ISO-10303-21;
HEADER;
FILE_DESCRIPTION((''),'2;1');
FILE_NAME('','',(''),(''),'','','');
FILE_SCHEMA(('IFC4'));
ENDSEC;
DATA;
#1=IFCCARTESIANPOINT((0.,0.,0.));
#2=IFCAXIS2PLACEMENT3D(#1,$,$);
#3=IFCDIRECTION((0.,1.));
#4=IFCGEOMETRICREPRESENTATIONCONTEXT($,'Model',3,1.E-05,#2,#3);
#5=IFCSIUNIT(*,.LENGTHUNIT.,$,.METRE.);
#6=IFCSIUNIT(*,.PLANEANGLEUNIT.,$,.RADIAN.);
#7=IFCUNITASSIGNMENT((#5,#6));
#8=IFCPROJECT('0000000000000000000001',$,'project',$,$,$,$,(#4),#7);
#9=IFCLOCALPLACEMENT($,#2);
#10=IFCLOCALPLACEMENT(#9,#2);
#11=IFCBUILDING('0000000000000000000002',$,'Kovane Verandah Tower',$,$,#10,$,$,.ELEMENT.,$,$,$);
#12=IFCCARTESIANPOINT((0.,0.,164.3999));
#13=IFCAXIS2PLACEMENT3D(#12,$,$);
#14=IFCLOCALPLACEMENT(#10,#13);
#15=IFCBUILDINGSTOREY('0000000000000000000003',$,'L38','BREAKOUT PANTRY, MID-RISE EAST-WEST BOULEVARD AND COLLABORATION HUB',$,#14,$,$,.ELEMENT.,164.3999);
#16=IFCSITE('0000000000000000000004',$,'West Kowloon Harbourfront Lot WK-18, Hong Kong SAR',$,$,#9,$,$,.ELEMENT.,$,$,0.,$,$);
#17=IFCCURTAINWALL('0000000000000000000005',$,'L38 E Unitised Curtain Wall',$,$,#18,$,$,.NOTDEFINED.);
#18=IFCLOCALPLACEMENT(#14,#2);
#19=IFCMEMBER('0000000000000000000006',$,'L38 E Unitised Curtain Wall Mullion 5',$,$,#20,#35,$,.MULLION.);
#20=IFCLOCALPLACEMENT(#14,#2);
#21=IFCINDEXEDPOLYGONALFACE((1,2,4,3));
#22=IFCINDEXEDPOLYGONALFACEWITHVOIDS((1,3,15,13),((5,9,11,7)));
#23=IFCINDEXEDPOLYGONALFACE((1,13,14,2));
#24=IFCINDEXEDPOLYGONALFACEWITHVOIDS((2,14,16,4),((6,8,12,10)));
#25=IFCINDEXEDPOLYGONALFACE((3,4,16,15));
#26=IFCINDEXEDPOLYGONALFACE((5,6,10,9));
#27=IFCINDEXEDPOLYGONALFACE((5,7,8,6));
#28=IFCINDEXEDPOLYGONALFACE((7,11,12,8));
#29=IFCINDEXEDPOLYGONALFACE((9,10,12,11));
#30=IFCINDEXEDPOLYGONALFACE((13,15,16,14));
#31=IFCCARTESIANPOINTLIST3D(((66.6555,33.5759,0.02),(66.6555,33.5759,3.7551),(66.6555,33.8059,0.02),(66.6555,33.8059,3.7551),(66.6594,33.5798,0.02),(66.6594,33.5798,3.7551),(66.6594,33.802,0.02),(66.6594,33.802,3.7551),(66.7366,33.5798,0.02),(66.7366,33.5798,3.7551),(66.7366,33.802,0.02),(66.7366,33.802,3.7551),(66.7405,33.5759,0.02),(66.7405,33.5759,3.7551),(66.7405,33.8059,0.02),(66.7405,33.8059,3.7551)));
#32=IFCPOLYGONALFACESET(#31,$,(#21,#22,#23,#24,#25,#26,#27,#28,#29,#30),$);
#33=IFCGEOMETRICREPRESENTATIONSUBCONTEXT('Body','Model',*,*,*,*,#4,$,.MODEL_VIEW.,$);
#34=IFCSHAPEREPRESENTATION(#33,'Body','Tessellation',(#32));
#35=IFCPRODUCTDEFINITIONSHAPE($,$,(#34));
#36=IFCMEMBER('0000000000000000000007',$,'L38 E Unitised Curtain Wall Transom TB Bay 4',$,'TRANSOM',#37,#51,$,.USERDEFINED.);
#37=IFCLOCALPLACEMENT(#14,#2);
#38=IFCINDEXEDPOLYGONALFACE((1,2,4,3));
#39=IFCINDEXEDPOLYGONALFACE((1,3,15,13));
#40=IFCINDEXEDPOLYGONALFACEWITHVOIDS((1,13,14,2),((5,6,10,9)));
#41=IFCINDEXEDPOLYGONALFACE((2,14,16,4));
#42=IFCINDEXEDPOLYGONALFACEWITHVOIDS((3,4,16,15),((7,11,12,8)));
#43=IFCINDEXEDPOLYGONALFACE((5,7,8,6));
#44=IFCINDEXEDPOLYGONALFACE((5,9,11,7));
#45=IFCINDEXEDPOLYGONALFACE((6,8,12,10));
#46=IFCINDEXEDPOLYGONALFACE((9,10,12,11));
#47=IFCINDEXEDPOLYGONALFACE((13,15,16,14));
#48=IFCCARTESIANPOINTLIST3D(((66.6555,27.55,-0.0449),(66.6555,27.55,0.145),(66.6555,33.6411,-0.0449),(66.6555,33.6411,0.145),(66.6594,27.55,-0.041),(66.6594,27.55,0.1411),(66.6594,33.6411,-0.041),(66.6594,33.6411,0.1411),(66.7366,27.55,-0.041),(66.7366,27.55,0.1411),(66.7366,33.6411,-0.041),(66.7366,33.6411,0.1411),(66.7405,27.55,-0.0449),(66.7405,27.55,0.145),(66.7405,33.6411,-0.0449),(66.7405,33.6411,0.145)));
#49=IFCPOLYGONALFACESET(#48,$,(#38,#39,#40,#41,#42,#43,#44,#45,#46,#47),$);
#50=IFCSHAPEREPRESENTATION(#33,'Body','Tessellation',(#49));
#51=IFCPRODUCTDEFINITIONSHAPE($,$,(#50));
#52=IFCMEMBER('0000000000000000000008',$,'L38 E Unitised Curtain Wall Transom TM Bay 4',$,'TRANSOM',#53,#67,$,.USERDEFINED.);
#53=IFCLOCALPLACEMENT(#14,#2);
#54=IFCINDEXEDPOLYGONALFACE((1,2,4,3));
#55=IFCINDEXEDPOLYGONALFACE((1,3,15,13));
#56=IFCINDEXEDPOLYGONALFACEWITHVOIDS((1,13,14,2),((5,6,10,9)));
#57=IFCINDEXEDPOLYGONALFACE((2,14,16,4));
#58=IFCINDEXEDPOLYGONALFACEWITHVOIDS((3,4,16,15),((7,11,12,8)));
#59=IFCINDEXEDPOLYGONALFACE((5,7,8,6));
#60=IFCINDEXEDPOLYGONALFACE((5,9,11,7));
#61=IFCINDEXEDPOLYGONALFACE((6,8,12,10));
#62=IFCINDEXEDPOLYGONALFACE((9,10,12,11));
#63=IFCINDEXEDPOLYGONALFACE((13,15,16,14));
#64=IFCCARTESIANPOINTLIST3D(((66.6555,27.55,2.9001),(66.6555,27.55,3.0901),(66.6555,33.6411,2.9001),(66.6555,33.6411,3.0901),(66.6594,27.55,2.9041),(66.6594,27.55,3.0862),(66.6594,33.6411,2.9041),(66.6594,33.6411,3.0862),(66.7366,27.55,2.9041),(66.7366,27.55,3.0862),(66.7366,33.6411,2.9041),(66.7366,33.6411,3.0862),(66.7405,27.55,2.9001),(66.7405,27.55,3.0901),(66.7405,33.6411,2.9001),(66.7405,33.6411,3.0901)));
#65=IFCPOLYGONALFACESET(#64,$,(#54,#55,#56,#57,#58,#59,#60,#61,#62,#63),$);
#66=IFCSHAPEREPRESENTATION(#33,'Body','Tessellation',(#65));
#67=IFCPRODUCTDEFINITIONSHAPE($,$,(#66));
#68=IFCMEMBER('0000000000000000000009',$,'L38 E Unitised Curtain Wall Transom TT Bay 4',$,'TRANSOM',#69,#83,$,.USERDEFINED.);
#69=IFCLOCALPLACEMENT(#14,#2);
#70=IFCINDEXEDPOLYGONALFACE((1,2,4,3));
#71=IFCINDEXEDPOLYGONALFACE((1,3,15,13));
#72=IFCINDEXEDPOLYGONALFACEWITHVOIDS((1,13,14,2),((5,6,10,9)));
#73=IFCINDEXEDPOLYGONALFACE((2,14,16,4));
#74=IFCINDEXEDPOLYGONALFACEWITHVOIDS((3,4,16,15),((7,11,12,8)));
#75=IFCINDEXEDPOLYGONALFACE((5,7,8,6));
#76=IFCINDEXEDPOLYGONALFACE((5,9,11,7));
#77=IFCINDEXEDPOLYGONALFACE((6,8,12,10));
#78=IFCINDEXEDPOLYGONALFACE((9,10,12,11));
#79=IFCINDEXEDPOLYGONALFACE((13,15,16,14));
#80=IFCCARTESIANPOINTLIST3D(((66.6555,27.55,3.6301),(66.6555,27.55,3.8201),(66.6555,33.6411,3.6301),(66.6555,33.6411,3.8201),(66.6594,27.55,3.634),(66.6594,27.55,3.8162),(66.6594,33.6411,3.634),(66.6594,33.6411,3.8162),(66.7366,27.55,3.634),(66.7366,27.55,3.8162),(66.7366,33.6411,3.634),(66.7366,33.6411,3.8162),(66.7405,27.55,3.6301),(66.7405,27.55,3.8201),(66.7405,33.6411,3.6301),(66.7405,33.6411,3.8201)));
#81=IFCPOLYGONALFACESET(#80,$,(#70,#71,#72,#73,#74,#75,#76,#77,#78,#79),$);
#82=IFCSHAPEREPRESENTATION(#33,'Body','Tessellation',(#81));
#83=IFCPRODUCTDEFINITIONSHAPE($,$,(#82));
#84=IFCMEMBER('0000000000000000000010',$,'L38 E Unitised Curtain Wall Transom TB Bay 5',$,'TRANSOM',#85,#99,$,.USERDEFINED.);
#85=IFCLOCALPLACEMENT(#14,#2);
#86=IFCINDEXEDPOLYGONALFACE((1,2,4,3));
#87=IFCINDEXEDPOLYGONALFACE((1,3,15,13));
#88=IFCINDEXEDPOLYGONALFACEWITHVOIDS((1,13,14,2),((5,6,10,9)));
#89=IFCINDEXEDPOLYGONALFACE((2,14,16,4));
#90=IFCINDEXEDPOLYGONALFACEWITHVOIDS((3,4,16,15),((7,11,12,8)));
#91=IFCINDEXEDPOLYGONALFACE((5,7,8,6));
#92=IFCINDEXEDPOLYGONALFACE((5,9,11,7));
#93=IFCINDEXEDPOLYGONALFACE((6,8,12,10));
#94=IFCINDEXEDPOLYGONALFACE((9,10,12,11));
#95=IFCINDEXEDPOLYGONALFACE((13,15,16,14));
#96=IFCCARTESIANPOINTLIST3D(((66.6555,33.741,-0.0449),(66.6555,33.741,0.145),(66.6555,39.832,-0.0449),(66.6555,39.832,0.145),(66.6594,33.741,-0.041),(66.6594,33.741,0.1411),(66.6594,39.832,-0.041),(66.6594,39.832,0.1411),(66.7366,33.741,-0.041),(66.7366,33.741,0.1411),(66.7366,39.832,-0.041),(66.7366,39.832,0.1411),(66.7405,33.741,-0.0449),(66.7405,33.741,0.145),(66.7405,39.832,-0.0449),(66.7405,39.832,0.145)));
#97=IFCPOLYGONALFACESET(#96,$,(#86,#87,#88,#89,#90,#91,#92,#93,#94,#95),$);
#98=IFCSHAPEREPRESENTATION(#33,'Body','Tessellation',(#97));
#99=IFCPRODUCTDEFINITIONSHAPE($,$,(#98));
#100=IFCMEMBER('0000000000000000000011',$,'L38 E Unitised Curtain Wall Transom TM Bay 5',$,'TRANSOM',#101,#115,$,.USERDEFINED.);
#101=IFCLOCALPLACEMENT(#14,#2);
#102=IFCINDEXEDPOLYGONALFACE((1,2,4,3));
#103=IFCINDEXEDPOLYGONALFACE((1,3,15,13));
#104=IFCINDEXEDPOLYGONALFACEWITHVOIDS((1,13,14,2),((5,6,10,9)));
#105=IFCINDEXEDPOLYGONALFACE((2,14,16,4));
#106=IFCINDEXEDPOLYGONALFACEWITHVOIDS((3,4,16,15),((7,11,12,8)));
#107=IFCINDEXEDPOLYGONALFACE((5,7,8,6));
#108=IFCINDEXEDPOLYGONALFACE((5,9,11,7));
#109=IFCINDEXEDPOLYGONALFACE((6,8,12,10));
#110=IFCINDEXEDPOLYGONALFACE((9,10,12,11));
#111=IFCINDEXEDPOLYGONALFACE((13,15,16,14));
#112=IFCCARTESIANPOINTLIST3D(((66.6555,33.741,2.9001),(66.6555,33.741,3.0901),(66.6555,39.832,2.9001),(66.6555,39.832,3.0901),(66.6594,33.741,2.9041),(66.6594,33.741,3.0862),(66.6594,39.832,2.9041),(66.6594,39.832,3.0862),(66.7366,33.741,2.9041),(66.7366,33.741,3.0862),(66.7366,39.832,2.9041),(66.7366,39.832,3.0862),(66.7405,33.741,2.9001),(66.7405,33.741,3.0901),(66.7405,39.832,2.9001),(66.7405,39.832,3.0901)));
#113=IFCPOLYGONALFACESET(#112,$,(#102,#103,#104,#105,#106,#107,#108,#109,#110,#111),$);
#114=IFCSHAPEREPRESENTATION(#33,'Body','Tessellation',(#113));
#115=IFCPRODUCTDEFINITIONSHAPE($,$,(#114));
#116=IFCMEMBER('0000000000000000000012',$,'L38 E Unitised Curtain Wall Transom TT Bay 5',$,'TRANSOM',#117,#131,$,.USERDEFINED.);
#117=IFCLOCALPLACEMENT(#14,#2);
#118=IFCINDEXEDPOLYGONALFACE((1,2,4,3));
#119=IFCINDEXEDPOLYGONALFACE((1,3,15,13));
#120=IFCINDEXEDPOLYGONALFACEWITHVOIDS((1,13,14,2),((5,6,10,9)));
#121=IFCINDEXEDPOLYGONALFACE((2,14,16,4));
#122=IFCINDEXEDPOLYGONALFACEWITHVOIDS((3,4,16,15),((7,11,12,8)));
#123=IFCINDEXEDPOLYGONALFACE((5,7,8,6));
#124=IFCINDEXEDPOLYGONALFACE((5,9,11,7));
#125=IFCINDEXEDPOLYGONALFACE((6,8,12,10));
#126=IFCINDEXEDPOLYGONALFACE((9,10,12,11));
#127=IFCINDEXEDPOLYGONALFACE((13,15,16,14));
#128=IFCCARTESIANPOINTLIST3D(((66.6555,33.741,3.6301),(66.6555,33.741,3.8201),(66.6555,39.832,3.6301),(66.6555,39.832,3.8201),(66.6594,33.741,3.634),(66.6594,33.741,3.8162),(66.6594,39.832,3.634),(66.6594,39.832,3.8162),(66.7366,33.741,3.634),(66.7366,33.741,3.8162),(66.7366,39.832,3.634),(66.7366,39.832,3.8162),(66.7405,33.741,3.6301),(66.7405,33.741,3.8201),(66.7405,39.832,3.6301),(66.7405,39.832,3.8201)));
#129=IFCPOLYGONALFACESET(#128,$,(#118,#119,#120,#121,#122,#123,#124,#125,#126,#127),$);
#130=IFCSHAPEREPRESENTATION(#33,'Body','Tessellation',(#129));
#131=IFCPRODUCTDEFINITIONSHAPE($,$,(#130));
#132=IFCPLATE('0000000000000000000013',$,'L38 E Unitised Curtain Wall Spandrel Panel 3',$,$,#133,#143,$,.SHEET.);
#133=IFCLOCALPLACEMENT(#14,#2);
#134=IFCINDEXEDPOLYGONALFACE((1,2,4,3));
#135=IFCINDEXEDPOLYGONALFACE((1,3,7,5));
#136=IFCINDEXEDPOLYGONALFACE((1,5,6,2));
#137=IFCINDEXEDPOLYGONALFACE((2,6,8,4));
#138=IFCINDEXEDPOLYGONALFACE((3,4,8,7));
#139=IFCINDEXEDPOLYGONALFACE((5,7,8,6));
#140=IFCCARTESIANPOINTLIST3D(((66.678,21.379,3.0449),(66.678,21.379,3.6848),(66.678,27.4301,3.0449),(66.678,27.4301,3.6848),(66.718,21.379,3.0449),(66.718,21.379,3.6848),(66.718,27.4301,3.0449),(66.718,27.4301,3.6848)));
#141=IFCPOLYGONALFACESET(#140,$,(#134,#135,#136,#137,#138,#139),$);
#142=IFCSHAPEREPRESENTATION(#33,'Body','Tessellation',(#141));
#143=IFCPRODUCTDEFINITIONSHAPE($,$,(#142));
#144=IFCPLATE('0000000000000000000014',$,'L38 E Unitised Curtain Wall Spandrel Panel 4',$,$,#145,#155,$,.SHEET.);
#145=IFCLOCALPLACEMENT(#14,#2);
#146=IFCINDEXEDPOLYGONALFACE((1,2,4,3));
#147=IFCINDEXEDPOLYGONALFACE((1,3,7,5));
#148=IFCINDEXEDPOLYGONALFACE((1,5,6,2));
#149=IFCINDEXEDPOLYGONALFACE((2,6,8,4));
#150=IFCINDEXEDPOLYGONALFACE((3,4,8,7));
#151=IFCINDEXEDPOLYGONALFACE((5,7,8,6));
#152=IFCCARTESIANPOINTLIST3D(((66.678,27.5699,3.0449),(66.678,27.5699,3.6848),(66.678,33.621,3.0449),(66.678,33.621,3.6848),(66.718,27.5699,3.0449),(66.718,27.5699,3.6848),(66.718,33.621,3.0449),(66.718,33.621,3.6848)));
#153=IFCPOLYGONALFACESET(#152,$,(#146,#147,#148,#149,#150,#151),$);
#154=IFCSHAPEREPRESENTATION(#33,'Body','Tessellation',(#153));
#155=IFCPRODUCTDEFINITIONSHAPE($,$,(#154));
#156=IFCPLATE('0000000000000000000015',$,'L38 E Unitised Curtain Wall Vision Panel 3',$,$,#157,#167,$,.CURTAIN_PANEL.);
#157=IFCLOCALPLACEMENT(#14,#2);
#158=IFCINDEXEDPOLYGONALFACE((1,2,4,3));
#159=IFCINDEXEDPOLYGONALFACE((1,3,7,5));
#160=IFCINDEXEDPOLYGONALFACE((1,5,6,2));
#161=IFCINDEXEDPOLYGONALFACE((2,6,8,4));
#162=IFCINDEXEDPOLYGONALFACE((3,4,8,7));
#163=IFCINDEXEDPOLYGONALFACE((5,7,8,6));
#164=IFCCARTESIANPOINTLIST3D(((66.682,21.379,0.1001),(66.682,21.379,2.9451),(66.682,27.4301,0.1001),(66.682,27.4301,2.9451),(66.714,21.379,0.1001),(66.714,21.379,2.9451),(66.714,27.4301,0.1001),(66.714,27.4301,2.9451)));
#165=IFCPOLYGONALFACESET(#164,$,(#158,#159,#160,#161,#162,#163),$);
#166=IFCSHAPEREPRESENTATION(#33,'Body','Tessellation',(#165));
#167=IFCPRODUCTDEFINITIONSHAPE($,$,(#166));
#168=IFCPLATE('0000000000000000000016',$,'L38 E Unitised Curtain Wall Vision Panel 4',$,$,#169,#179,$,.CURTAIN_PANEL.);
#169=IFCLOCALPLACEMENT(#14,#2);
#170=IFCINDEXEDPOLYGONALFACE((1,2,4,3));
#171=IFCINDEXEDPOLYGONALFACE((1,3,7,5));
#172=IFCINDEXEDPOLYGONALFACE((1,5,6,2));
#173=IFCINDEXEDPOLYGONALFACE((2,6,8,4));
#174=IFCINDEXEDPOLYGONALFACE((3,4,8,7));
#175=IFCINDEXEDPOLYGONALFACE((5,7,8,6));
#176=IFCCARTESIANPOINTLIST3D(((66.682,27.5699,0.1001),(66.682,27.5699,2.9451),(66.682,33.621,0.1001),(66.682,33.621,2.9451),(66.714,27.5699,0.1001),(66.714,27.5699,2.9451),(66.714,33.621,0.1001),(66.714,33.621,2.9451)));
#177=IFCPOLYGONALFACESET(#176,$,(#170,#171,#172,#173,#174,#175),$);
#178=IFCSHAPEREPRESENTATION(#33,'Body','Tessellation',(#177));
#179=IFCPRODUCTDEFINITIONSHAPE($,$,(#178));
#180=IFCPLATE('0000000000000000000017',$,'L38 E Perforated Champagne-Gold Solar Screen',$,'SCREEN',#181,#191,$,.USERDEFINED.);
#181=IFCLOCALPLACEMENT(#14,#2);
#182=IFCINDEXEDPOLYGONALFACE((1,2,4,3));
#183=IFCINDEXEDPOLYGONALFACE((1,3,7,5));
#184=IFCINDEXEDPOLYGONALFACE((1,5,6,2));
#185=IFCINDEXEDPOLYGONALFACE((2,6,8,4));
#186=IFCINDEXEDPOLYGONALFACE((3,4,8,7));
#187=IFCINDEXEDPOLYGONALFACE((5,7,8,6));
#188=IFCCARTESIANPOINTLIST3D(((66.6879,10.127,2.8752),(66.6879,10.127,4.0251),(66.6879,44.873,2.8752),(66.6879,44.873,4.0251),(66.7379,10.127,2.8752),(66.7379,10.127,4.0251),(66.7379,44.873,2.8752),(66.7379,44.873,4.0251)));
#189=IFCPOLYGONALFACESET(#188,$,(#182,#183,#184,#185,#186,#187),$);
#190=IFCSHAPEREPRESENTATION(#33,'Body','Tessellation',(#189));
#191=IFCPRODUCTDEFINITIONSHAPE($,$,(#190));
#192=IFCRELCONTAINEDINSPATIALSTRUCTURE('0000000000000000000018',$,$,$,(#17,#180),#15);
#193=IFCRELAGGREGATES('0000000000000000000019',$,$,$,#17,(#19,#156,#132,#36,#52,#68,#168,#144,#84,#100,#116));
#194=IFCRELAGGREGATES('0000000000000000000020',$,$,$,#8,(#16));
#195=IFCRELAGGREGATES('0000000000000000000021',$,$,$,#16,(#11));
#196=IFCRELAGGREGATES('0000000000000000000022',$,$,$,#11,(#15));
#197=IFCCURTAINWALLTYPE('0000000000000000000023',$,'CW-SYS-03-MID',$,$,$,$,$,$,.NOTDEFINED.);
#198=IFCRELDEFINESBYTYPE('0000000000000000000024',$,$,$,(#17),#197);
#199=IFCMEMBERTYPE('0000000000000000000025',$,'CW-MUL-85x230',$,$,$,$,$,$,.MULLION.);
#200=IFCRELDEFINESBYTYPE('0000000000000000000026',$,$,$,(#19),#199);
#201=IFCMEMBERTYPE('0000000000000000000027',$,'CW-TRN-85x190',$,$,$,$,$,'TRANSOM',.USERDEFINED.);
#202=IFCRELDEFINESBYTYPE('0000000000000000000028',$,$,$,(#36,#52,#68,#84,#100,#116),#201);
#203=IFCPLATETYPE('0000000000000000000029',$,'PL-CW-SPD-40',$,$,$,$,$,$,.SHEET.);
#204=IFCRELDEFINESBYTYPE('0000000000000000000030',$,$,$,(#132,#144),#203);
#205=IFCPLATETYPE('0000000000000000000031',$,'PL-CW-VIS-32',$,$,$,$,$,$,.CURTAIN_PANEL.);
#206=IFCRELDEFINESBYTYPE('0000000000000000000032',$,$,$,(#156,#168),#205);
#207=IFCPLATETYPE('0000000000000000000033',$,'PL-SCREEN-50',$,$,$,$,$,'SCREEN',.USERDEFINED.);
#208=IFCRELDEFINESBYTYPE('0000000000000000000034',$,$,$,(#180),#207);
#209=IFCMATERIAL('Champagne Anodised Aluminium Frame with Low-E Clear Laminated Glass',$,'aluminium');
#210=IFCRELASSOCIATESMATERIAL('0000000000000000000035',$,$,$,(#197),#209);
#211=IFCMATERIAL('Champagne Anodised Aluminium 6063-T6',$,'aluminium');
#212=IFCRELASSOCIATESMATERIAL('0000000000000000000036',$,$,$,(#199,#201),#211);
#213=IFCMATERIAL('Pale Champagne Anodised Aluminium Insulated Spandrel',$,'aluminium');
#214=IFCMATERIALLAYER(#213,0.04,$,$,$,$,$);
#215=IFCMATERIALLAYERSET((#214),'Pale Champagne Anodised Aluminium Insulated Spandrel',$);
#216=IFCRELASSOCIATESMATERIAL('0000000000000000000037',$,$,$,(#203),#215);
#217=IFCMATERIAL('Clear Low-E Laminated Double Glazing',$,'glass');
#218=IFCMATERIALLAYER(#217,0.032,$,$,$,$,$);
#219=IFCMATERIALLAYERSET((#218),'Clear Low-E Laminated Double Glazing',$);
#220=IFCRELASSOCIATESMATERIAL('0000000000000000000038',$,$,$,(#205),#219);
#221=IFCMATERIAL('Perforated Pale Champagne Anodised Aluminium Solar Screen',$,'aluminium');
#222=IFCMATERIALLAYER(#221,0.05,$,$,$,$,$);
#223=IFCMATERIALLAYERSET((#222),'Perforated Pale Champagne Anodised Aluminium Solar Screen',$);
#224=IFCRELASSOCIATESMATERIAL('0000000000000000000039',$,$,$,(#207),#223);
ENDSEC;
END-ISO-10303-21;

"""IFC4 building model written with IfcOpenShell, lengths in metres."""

from ifc_helpers import new_model, si_unit, direction, frame, origin, origin_2d, place, context, subcontext, project, spatial, rectangle, hollow_rectangle, extrude, material, layer, layer_set, material_profile, profile_set, type_object, element, aggregate, save


model = new_model("IFC4")

# Units and contexts
model_context = context("Model", 3, precision=1e-05, world=origin(), true_north=direction((0.0, 1.0)))
body_context = subcontext(model_context, "Body", "Model", "MODEL_VIEW")
ifc_project = project(units=[si_unit("LENGTHUNIT", "METRE"), si_unit("PLANEANGLEUNIT", "RADIAN")], contexts=[model_context])

# Site, building, storey
site_placement = place(None, origin())
site = spatial("IfcSite", under=ifc_project, at=site_placement, Name="West Kowloon Harbourfront Lot WK-18, Hong Kong SAR", CompositionType="ELEMENT", RefElevation=0.0)
building_placement = place(site_placement, origin())
building = spatial("IfcBuilding", under=site, at=building_placement, Name="Kovane Verandah Tower", CompositionType="ELEMENT")
storey_placement = place(building_placement, frame((0.0, 0.0, 164.3999)))
storey = spatial("IfcBuildingStorey", under=building, at=storey_placement, Name="L38", Description="BREAKOUT PANTRY, MID-RISE EAST-WEST BOULEVARD AND COLLABORATION HUB", CompositionType="ELEMENT", Elevation=164.3999)

# Curtain wall, members, plates
ifc_material_1 = material(Name="Champagne Anodised Aluminium Frame with Low-E Clear Laminated Glass", Category="aluminium")
curtain_wall_type = type_object("IfcCurtainWallType", Name="CW-SYS-03-MID", PredefinedType="NOTDEFINED", material=ifc_material_1)
curtain_wall_placement = place(storey_placement, origin())
curtain_wall = element("IfcCurtainWall", 1, at=curtain_wall_placement, inside=storey, type_object=curtain_wall_type, Name="L38 E Unitised Curtain Wall", PredefinedType="NOTDEFINED")
ifc_material_2 = material(Name="Champagne Anodised Aluminium 6063-T6", Category="aluminium")
ifc_material_profile_1 = material_profile(ifc_material_2, hollow_rectangle(XDim=0.085, YDim=0.23, WallThickness=0.0039, at=origin_2d()), Name="AL85x230x4")
ifc_profile_set_1 = profile_set([ifc_material_profile_1], Name="Champagne Anodised Aluminium 6063-T6")
member_type_1 = type_object("IfcMemberType", Name="CW-MUL-85x230", PredefinedType="MULLION", material=ifc_profile_set_1)
member_1_placement = place(storey_placement, frame((66.698, 33.6909, 0.02), z_axis=(0.0, 0.0, 1.0), x_axis=(1.0, 0.0, 0.0)))
member_1 = element("IfcMember", 2, at=member_1_placement, type_object=member_type_1, Name="L38 E Unitised Curtain Wall Mullion 5", PredefinedType="MULLION", context=body_context, shape_type="SweptSolid", body=[
    extrude(hollow_rectangle(XDim=0.085, YDim=0.23, WallThickness=0.0039, at=origin_2d()), origin(), (0.0, 0.0, 1.0), 3.7351),
])
ifc_material_profile_2 = material_profile(ifc_material_2, hollow_rectangle(XDim=0.085, YDim=0.1899, WallThickness=0.0039, at=origin_2d()), Name="AL85x190x4")
ifc_profile_set_2 = profile_set([ifc_material_profile_2], Name="Champagne Anodised Aluminium 6063-T6")
member_type_2 = type_object("IfcMemberType", Name="CW-TRN-85x190", ElementType="TRANSOM", PredefinedType="USERDEFINED", material=ifc_profile_set_2)
member_2_placement = place(storey_placement, frame((66.698, 27.55, 0.05), z_axis=(0.0, 1.0, 0.0), x_axis=(-1.0, 0.0, 0.0)))
member_2 = element("IfcMember", 3, at=member_2_placement, type_object=member_type_2, Name="L38 E Unitised Curtain Wall Transom TB Bay 4", ObjectType="TRANSOM", PredefinedType="USERDEFINED", context=body_context, shape_type="SweptSolid", body=[
    extrude(hollow_rectangle(XDim=0.085, YDim=0.1899, WallThickness=0.0039, at=origin_2d()), origin(), (0.0, 0.0, 1.0), 6.0911),
])
member_3_placement = place(storey_placement, frame((66.698, 27.55, 2.9951), z_axis=(0.0, 1.0, 0.0), x_axis=(-1.0, 0.0, 0.0)))
member_3 = element("IfcMember", 4, at=member_3_placement, type_object=member_type_2, Name="L38 E Unitised Curtain Wall Transom TM Bay 4", ObjectType="TRANSOM", PredefinedType="USERDEFINED", context=body_context, shape_type="SweptSolid", body=[
    extrude(hollow_rectangle(XDim=0.085, YDim=0.1899, WallThickness=0.0039, at=origin_2d()), origin(), (0.0, 0.0, 1.0), 6.0911),
])
member_4_placement = place(storey_placement, frame((66.698, 27.55, 3.7251), z_axis=(0.0, 1.0, 0.0), x_axis=(-1.0, 0.0, 0.0)))
member_4 = element("IfcMember", 5, at=member_4_placement, type_object=member_type_2, Name="L38 E Unitised Curtain Wall Transom TT Bay 4", ObjectType="TRANSOM", PredefinedType="USERDEFINED", context=body_context, shape_type="SweptSolid", body=[
    extrude(hollow_rectangle(XDim=0.085, YDim=0.1899, WallThickness=0.0039, at=origin_2d()), origin(), (0.0, 0.0, 1.0), 6.0911),
])
member_5_placement = place(storey_placement, frame((66.698, 33.741, 0.05), z_axis=(0.0, 1.0, 0.0), x_axis=(-1.0, 0.0, 0.0)))
member_5 = element("IfcMember", 6, at=member_5_placement, type_object=member_type_2, Name="L38 E Unitised Curtain Wall Transom TB Bay 5", ObjectType="TRANSOM", PredefinedType="USERDEFINED", context=body_context, shape_type="SweptSolid", body=[
    extrude(hollow_rectangle(XDim=0.085, YDim=0.1899, WallThickness=0.0039, at=origin_2d()), origin(), (0.0, 0.0, 1.0), 6.0911),
])
member_6_placement = place(storey_placement, frame((66.698, 33.741, 2.9951), z_axis=(0.0, 1.0, 0.0), x_axis=(-1.0, 0.0, 0.0)))
member_6 = element("IfcMember", 7, at=member_6_placement, type_object=member_type_2, Name="L38 E Unitised Curtain Wall Transom TM Bay 5", ObjectType="TRANSOM", PredefinedType="USERDEFINED", context=body_context, shape_type="SweptSolid", body=[
    extrude(hollow_rectangle(XDim=0.085, YDim=0.1899, WallThickness=0.0039, at=origin_2d()), origin(), (0.0, 0.0, 1.0), 6.0911),
])
member_7_placement = place(storey_placement, frame((66.698, 33.741, 3.7251), z_axis=(0.0, 1.0, 0.0), x_axis=(-1.0, 0.0, 0.0)))
member_7 = element("IfcMember", 8, at=member_7_placement, type_object=member_type_2, Name="L38 E Unitised Curtain Wall Transom TT Bay 5", ObjectType="TRANSOM", PredefinedType="USERDEFINED", context=body_context, shape_type="SweptSolid", body=[
    extrude(hollow_rectangle(XDim=0.085, YDim=0.1899, WallThickness=0.0039, at=origin_2d()), origin(), (0.0, 0.0, 1.0), 6.0911),
])
ifc_material_3 = material(Name="Pale Champagne Anodised Aluminium Insulated Spandrel", Category="aluminium")
ifc_layer_1 = layer(ifc_material_3, 0.04)
ifc_layer_set_1 = layer_set([ifc_layer_1], Name="Pale Champagne Anodised Aluminium Insulated Spandrel")
plate_type_1 = type_object("IfcPlateType", Name="PL-CW-SPD-40", PredefinedType="SHEET", material=ifc_layer_set_1)
plate_1_placement = place(storey_placement, frame((66.698, 24.4045, 3.0449), z_axis=(0.0, 0.0, 1.0), x_axis=(0.0, 1.0, 0.0)))
plate_1 = element("IfcPlate", 9, at=plate_1_placement, type_object=plate_type_1, Name="L38 E Unitised Curtain Wall Spandrel Panel 3", PredefinedType="SHEET", context=body_context, shape_type="SweptSolid", body=[
    extrude(rectangle(XDim=6.051, YDim=0.04, at=origin_2d()), origin(), (0.0, 0.0, 1.0), 0.6399),
])
plate_2_placement = place(storey_placement, frame((66.698, 30.5955, 3.0449), z_axis=(0.0, 0.0, 1.0), x_axis=(0.0, 1.0, 0.0)))
plate_2 = element("IfcPlate", 10, at=plate_2_placement, type_object=plate_type_1, Name="L38 E Unitised Curtain Wall Spandrel Panel 4", PredefinedType="SHEET", context=body_context, shape_type="SweptSolid", body=[
    extrude(rectangle(XDim=6.051, YDim=0.04, at=origin_2d()), origin(), (0.0, 0.0, 1.0), 0.6399),
])
ifc_material_4 = material(Name="Clear Low-E Laminated Double Glazing", Category="glass")
ifc_layer_2 = layer(ifc_material_4, 0.032)
ifc_layer_set_2 = layer_set([ifc_layer_2], Name="Clear Low-E Laminated Double Glazing")
plate_type_2 = type_object("IfcPlateType", Name="PL-CW-VIS-32", PredefinedType="CURTAIN_PANEL", material=ifc_layer_set_2)
plate_3_placement = place(storey_placement, frame((66.698, 24.4045, 0.1001), z_axis=(0.0, 0.0, 1.0), x_axis=(0.0, 1.0, 0.0)))
plate_3 = element("IfcPlate", 11, at=plate_3_placement, type_object=plate_type_2, Name="L38 E Unitised Curtain Wall Vision Panel 3", PredefinedType="CURTAIN_PANEL", context=body_context, shape_type="SweptSolid", body=[
    extrude(rectangle(XDim=6.051, YDim=0.032, at=origin_2d()), origin(), (0.0, 0.0, 1.0), 2.845),
])
plate_4_placement = place(storey_placement, frame((66.698, 30.5955, 0.1001), z_axis=(0.0, 0.0, 1.0), x_axis=(0.0, 1.0, 0.0)))
plate_4 = element("IfcPlate", 12, at=plate_4_placement, type_object=plate_type_2, Name="L38 E Unitised Curtain Wall Vision Panel 4", PredefinedType="CURTAIN_PANEL", context=body_context, shape_type="SweptSolid", body=[
    extrude(rectangle(XDim=6.051, YDim=0.032, at=origin_2d()), origin(), (0.0, 0.0, 1.0), 2.845),
])
aggregate(curtain_wall, [member_1, plate_3, plate_1, member_2, member_3, member_4, plate_4, plate_2, member_5, member_6, member_7])

# Plate
ifc_material_5 = material(Name="Perforated Pale Champagne Anodised Aluminium Solar Screen", Category="aluminium")
ifc_layer_3 = layer(ifc_material_5, 0.05)
ifc_layer_set_3 = layer_set([ifc_layer_3], Name="Perforated Pale Champagne Anodised Aluminium Solar Screen")
plate_type_3 = type_object("IfcPlateType", Name="PL-SCREEN-50", ElementType="SCREEN", PredefinedType="USERDEFINED", material=ifc_layer_set_3)
plate_5_placement = place(storey_placement, frame((66.7129, 27.5, 2.8752), z_axis=(0.0, 0.0, 1.0), x_axis=(0.0, 1.0, 0.0)))
element("IfcPlate", 13, at=plate_5_placement, inside=storey, type_object=plate_type_3, Name="L38 E Perforated Champagne-Gold Solar Screen", ObjectType="SCREEN", PredefinedType="USERDEFINED", context=body_context, shape_type="SweptSolid", body=[
    extrude(rectangle(XDim=34.7461, YDim=0.05, at=origin_2d()), origin(), (0.0, 0.0, 1.0), 1.1499),
])

save(model, "model.ifc")
